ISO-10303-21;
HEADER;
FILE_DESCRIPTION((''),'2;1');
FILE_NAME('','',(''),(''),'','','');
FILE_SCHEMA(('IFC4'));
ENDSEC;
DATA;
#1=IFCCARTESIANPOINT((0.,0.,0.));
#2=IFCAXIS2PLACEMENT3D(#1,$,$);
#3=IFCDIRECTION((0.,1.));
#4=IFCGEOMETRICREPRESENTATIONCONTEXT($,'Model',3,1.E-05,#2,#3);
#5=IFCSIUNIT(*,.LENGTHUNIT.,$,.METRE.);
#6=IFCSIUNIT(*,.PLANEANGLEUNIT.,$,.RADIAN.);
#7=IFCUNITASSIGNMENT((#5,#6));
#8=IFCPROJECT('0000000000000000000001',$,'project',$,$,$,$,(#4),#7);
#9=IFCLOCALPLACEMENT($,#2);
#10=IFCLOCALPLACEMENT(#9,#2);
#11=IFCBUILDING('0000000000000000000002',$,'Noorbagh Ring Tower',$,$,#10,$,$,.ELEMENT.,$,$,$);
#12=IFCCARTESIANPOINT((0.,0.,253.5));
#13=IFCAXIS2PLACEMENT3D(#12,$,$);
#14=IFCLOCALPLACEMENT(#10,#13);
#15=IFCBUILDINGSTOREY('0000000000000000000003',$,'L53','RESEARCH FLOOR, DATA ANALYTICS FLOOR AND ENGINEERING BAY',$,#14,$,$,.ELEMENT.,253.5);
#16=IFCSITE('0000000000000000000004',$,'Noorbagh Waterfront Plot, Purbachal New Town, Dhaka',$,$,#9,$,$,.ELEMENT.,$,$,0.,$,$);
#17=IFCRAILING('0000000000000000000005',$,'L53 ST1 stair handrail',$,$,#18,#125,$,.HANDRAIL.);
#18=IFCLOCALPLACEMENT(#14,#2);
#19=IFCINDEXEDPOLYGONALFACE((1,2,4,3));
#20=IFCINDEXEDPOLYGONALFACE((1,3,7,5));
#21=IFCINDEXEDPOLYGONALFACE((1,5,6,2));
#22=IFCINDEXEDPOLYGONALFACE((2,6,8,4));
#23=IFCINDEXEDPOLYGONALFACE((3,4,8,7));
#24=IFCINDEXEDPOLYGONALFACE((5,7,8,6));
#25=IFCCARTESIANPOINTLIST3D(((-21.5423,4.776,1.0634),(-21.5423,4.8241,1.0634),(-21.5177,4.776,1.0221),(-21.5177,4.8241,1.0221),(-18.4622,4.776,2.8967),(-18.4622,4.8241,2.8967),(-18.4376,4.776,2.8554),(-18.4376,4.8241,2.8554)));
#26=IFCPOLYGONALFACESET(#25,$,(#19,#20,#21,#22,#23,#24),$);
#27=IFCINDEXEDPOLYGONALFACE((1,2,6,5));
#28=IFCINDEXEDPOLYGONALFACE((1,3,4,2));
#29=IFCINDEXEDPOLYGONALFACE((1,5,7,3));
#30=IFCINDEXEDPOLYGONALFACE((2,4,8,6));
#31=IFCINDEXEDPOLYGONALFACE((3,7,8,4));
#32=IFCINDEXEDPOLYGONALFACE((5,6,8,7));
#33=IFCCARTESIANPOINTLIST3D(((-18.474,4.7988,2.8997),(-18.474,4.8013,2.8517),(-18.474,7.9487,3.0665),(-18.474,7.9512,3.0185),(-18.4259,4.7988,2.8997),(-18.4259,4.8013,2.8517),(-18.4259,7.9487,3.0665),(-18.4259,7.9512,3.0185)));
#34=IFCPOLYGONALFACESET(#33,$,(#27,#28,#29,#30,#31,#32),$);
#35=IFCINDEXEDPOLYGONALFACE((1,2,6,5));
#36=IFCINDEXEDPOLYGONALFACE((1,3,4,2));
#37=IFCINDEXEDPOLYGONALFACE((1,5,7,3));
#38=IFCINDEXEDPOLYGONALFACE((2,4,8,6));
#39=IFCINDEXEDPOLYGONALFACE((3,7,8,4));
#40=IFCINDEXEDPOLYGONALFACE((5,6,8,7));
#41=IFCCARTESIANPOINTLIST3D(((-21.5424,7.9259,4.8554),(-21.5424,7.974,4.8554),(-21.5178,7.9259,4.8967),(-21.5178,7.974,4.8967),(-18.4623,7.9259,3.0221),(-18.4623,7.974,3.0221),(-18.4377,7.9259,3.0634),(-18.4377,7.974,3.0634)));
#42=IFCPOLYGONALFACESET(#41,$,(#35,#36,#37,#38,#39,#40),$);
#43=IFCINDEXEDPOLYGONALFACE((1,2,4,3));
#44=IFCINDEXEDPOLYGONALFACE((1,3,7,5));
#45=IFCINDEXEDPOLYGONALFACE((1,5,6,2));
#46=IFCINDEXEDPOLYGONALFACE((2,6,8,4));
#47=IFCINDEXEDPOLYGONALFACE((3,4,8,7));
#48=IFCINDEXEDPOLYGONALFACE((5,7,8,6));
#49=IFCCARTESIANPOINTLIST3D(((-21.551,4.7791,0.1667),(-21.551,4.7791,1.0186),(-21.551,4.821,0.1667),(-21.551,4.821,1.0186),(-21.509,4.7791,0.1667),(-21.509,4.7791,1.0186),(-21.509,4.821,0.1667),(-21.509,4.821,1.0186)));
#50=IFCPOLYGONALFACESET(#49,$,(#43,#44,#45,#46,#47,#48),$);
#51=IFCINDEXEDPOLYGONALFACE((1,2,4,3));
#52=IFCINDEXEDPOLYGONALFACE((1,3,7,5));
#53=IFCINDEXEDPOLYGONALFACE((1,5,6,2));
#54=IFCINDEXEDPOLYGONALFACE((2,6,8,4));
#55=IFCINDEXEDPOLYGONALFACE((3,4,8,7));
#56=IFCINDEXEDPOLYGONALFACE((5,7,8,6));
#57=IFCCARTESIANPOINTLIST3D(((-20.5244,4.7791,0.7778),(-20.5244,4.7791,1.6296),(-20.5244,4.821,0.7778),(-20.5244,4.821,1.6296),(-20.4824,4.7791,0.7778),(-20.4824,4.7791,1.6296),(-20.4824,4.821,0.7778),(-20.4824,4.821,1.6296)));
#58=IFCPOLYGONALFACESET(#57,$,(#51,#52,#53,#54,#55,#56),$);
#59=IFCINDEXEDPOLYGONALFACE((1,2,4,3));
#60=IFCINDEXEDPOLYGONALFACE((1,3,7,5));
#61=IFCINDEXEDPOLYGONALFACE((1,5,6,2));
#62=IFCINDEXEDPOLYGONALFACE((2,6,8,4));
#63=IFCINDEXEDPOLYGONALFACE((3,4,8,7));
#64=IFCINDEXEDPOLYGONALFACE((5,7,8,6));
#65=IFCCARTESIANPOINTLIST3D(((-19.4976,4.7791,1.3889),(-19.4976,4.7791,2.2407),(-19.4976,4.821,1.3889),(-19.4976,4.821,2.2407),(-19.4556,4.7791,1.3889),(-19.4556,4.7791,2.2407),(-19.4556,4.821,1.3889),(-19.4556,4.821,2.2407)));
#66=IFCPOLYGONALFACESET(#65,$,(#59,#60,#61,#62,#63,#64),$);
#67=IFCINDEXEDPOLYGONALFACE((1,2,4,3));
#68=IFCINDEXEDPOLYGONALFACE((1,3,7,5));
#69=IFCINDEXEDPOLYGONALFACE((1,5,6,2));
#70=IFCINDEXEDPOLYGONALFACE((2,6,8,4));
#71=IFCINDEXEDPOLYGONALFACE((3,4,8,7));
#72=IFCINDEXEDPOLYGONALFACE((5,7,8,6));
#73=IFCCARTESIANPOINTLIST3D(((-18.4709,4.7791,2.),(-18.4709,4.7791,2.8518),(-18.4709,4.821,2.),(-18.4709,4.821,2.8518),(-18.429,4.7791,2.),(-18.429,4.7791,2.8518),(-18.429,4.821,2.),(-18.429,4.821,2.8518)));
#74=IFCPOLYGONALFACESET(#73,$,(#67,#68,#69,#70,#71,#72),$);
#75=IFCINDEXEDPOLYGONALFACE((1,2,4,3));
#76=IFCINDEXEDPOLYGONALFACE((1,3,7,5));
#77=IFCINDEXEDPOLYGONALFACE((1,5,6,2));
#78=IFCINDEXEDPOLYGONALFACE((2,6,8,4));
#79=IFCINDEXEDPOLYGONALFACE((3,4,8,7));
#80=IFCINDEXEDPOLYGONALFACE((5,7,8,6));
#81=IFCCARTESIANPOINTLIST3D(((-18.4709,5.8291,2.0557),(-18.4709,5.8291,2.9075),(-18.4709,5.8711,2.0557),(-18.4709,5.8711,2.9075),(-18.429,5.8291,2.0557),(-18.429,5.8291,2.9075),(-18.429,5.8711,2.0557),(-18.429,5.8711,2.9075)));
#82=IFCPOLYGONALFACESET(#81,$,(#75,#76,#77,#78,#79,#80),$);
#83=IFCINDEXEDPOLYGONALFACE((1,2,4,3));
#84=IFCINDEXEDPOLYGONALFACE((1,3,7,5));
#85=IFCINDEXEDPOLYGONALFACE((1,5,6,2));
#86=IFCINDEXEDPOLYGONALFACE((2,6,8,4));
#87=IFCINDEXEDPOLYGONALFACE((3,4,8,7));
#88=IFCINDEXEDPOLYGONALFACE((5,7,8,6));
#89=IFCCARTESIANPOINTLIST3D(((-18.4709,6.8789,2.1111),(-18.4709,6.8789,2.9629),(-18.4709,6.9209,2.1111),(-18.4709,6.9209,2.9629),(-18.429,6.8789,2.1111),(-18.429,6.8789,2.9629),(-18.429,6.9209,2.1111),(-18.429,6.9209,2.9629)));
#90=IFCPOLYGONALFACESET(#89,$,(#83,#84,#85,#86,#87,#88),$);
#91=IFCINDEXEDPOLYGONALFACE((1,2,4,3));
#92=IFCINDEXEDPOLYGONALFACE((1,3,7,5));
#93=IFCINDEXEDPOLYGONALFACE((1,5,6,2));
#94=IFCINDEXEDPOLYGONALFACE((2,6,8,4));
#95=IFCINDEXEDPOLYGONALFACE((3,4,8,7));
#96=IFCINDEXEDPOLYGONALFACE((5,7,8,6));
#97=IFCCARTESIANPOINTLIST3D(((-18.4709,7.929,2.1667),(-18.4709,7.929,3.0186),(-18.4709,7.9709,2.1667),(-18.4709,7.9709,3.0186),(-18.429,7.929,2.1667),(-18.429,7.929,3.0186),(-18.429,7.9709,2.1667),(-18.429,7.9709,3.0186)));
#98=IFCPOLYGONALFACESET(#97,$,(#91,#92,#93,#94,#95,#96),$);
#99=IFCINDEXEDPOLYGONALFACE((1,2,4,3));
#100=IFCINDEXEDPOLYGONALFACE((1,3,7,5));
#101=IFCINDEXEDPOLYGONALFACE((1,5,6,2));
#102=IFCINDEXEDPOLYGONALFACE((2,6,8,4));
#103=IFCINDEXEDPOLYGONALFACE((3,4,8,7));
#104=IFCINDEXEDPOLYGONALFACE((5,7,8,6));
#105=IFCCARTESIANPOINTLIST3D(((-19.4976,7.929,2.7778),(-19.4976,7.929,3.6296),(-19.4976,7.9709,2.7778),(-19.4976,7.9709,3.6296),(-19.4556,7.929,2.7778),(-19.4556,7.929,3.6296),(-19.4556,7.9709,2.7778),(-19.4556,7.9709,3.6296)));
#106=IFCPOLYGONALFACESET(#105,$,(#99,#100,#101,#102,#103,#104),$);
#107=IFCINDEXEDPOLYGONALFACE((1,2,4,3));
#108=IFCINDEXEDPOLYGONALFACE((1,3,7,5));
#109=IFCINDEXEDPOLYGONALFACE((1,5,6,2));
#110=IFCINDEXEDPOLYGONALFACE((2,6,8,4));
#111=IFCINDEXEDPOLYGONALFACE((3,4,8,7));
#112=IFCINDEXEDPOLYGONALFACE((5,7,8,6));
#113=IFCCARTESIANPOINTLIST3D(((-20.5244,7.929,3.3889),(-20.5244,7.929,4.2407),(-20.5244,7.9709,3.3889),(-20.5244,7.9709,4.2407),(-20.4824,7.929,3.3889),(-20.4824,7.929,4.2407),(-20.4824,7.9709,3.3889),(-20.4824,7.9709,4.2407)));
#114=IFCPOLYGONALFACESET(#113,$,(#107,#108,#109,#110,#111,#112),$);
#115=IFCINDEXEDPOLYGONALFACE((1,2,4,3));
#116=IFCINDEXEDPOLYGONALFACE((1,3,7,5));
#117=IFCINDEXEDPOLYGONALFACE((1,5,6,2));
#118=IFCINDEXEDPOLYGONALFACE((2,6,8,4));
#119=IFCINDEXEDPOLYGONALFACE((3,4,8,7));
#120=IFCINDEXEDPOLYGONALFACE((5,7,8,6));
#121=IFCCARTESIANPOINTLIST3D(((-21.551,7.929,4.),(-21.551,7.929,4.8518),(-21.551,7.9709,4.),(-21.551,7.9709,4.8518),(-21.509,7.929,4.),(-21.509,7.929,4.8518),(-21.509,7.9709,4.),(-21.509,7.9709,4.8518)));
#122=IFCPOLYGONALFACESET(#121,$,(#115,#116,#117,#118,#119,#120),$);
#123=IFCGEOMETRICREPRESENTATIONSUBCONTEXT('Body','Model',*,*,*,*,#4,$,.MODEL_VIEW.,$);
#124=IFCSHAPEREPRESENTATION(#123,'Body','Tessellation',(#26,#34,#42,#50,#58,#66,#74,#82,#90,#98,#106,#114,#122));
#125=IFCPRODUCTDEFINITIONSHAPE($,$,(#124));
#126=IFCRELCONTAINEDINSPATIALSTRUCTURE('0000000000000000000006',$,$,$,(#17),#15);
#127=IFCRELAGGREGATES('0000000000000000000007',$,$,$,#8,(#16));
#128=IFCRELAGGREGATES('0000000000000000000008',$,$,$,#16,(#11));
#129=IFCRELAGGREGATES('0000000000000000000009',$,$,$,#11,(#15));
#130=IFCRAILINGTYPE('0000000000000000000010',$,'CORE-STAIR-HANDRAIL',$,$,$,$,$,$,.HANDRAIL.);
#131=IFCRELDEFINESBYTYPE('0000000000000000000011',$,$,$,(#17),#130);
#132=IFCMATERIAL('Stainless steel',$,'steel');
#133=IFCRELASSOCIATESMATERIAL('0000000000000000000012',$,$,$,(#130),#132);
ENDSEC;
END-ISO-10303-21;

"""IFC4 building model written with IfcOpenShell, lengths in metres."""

from ifc_helpers import new_model, si_unit, direction, frame, origin, origin_2d, place, context, subcontext, project, spatial, rectangle, extrude, material, type_object, element, save


model = new_model("IFC4")

# Units and contexts
model_context = context("Model", 3, precision=1e-05, world=origin(), true_north=direction((0.0, 1.0)))
body_context = subcontext(model_context, "Body", "Model", "MODEL_VIEW")
ifc_project = project(units=[si_unit("LENGTHUNIT", "METRE"), si_unit("PLANEANGLEUNIT", "RADIAN")], contexts=[model_context])

# Site, building, storey
site_placement = place(None, origin())
site = spatial("IfcSite", under=ifc_project, at=site_placement, Name="Noorbagh Waterfront Plot, Purbachal New Town, Dhaka", CompositionType="ELEMENT", RefElevation=0.0)
building_placement = place(site_placement, origin())
building = spatial("IfcBuilding", under=site, at=building_placement, Name="Noorbagh Ring Tower", CompositionType="ELEMENT")
storey_placement = place(building_placement, frame((0.0, 0.0, 253.5)))
storey = spatial("IfcBuildingStorey", under=building, at=storey_placement, Name="L53", Description="RESEARCH FLOOR, DATA ANALYTICS FLOOR AND ENGINEERING BAY", CompositionType="ELEMENT", Elevation=253.5)

# Railing
ifc_material_1 = material(Name="Stainless steel", Category="steel")
railing_type_1 = type_object("IfcRailingType", Name="CORE-STAIR-HANDRAIL", PredefinedType="HANDRAIL", material=ifc_material_1)
railing_1_placement = place(storey_placement, frame((-21.53, 4.8, 0.1667)))
element("IfcRailing", 1, at=railing_1_placement, inside=storey, type_object=railing_type_1, Name="L53 ST1 stair handrail", PredefinedType="HANDRAIL", context=body_context, shape_type="SweptSolid", body=[
    extrude(rectangle(XDim=0.0481, YDim=0.0481, at=origin_2d()), frame((0.0, 0.0, 0.876), z_axis=(0.859309, 0.0, 0.511458), x_axis=(0.0, 1.0, 0.0)), (0.0, 0.0, 1.0), 3.5845),
    extrude(rectangle(XDim=0.0481, YDim=0.0481, at=origin_2d()), frame((3.0801, 0.0, 2.709), z_axis=(0.0, 0.998602, 0.052864), x_axis=(-1.0, 0.0, 0.0)), (0.0, 0.0, 1.0), 3.1543),
    extrude(rectangle(XDim=0.0481, YDim=0.0481, at=origin_2d()), frame((3.0801, 3.1499, 2.876), z_axis=(-0.859309, 0.0, 0.511458), x_axis=(0.0, -1.0, 0.0)), (0.0, 0.0, 1.0), 3.5845),
    extrude(rectangle(XDim=0.042, YDim=0.042, at=origin_2d()), origin(), (0.0, 0.0, 1.0), 0.8518),
    extrude(rectangle(XDim=0.042, YDim=0.042, at=origin_2d()), frame((1.0266, 0.0, 0.6111)), (0.0, 0.0, 1.0), 0.8518),
    extrude(rectangle(XDim=0.042, YDim=0.042, at=origin_2d()), frame((2.0535, 0.0, 1.2222)), (0.0, 0.0, 1.0), 0.8518),
    extrude(rectangle(XDim=0.042, YDim=0.042, at=origin_2d()), frame((3.0801, 0.0, 1.8333)), (0.0, 0.0, 1.0), 0.8518),
    extrude(rectangle(XDim=0.042, YDim=0.042, at=origin_2d()), frame((3.0801, 1.05, 1.8889)), (0.0, 0.0, 1.0), 0.8518),
    extrude(rectangle(XDim=0.042, YDim=0.042, at=origin_2d()), frame((3.0801, 2.0999, 1.9443)), (0.0, 0.0, 1.0), 0.8518),
    extrude(rectangle(XDim=0.042, YDim=0.042, at=origin_2d()), frame((3.0801, 3.1499, 2.0)), (0.0, 0.0, 1.0), 0.8518),
    extrude(rectangle(XDim=0.042, YDim=0.042, at=origin_2d()), frame((2.0535, 3.1499, 2.6111)), (0.0, 0.0, 1.0), 0.8518),
    extrude(rectangle(XDim=0.042, YDim=0.042, at=origin_2d()), frame((1.0266, 3.1499, 3.2222)), (0.0, 0.0, 1.0), 0.8518),
    extrude(rectangle(XDim=0.042, YDim=0.042, at=origin_2d()), frame((0.0, 3.1499, 3.8333)), (0.0, 0.0, 1.0), 0.8518),
])

save(model, "model.ifc")
